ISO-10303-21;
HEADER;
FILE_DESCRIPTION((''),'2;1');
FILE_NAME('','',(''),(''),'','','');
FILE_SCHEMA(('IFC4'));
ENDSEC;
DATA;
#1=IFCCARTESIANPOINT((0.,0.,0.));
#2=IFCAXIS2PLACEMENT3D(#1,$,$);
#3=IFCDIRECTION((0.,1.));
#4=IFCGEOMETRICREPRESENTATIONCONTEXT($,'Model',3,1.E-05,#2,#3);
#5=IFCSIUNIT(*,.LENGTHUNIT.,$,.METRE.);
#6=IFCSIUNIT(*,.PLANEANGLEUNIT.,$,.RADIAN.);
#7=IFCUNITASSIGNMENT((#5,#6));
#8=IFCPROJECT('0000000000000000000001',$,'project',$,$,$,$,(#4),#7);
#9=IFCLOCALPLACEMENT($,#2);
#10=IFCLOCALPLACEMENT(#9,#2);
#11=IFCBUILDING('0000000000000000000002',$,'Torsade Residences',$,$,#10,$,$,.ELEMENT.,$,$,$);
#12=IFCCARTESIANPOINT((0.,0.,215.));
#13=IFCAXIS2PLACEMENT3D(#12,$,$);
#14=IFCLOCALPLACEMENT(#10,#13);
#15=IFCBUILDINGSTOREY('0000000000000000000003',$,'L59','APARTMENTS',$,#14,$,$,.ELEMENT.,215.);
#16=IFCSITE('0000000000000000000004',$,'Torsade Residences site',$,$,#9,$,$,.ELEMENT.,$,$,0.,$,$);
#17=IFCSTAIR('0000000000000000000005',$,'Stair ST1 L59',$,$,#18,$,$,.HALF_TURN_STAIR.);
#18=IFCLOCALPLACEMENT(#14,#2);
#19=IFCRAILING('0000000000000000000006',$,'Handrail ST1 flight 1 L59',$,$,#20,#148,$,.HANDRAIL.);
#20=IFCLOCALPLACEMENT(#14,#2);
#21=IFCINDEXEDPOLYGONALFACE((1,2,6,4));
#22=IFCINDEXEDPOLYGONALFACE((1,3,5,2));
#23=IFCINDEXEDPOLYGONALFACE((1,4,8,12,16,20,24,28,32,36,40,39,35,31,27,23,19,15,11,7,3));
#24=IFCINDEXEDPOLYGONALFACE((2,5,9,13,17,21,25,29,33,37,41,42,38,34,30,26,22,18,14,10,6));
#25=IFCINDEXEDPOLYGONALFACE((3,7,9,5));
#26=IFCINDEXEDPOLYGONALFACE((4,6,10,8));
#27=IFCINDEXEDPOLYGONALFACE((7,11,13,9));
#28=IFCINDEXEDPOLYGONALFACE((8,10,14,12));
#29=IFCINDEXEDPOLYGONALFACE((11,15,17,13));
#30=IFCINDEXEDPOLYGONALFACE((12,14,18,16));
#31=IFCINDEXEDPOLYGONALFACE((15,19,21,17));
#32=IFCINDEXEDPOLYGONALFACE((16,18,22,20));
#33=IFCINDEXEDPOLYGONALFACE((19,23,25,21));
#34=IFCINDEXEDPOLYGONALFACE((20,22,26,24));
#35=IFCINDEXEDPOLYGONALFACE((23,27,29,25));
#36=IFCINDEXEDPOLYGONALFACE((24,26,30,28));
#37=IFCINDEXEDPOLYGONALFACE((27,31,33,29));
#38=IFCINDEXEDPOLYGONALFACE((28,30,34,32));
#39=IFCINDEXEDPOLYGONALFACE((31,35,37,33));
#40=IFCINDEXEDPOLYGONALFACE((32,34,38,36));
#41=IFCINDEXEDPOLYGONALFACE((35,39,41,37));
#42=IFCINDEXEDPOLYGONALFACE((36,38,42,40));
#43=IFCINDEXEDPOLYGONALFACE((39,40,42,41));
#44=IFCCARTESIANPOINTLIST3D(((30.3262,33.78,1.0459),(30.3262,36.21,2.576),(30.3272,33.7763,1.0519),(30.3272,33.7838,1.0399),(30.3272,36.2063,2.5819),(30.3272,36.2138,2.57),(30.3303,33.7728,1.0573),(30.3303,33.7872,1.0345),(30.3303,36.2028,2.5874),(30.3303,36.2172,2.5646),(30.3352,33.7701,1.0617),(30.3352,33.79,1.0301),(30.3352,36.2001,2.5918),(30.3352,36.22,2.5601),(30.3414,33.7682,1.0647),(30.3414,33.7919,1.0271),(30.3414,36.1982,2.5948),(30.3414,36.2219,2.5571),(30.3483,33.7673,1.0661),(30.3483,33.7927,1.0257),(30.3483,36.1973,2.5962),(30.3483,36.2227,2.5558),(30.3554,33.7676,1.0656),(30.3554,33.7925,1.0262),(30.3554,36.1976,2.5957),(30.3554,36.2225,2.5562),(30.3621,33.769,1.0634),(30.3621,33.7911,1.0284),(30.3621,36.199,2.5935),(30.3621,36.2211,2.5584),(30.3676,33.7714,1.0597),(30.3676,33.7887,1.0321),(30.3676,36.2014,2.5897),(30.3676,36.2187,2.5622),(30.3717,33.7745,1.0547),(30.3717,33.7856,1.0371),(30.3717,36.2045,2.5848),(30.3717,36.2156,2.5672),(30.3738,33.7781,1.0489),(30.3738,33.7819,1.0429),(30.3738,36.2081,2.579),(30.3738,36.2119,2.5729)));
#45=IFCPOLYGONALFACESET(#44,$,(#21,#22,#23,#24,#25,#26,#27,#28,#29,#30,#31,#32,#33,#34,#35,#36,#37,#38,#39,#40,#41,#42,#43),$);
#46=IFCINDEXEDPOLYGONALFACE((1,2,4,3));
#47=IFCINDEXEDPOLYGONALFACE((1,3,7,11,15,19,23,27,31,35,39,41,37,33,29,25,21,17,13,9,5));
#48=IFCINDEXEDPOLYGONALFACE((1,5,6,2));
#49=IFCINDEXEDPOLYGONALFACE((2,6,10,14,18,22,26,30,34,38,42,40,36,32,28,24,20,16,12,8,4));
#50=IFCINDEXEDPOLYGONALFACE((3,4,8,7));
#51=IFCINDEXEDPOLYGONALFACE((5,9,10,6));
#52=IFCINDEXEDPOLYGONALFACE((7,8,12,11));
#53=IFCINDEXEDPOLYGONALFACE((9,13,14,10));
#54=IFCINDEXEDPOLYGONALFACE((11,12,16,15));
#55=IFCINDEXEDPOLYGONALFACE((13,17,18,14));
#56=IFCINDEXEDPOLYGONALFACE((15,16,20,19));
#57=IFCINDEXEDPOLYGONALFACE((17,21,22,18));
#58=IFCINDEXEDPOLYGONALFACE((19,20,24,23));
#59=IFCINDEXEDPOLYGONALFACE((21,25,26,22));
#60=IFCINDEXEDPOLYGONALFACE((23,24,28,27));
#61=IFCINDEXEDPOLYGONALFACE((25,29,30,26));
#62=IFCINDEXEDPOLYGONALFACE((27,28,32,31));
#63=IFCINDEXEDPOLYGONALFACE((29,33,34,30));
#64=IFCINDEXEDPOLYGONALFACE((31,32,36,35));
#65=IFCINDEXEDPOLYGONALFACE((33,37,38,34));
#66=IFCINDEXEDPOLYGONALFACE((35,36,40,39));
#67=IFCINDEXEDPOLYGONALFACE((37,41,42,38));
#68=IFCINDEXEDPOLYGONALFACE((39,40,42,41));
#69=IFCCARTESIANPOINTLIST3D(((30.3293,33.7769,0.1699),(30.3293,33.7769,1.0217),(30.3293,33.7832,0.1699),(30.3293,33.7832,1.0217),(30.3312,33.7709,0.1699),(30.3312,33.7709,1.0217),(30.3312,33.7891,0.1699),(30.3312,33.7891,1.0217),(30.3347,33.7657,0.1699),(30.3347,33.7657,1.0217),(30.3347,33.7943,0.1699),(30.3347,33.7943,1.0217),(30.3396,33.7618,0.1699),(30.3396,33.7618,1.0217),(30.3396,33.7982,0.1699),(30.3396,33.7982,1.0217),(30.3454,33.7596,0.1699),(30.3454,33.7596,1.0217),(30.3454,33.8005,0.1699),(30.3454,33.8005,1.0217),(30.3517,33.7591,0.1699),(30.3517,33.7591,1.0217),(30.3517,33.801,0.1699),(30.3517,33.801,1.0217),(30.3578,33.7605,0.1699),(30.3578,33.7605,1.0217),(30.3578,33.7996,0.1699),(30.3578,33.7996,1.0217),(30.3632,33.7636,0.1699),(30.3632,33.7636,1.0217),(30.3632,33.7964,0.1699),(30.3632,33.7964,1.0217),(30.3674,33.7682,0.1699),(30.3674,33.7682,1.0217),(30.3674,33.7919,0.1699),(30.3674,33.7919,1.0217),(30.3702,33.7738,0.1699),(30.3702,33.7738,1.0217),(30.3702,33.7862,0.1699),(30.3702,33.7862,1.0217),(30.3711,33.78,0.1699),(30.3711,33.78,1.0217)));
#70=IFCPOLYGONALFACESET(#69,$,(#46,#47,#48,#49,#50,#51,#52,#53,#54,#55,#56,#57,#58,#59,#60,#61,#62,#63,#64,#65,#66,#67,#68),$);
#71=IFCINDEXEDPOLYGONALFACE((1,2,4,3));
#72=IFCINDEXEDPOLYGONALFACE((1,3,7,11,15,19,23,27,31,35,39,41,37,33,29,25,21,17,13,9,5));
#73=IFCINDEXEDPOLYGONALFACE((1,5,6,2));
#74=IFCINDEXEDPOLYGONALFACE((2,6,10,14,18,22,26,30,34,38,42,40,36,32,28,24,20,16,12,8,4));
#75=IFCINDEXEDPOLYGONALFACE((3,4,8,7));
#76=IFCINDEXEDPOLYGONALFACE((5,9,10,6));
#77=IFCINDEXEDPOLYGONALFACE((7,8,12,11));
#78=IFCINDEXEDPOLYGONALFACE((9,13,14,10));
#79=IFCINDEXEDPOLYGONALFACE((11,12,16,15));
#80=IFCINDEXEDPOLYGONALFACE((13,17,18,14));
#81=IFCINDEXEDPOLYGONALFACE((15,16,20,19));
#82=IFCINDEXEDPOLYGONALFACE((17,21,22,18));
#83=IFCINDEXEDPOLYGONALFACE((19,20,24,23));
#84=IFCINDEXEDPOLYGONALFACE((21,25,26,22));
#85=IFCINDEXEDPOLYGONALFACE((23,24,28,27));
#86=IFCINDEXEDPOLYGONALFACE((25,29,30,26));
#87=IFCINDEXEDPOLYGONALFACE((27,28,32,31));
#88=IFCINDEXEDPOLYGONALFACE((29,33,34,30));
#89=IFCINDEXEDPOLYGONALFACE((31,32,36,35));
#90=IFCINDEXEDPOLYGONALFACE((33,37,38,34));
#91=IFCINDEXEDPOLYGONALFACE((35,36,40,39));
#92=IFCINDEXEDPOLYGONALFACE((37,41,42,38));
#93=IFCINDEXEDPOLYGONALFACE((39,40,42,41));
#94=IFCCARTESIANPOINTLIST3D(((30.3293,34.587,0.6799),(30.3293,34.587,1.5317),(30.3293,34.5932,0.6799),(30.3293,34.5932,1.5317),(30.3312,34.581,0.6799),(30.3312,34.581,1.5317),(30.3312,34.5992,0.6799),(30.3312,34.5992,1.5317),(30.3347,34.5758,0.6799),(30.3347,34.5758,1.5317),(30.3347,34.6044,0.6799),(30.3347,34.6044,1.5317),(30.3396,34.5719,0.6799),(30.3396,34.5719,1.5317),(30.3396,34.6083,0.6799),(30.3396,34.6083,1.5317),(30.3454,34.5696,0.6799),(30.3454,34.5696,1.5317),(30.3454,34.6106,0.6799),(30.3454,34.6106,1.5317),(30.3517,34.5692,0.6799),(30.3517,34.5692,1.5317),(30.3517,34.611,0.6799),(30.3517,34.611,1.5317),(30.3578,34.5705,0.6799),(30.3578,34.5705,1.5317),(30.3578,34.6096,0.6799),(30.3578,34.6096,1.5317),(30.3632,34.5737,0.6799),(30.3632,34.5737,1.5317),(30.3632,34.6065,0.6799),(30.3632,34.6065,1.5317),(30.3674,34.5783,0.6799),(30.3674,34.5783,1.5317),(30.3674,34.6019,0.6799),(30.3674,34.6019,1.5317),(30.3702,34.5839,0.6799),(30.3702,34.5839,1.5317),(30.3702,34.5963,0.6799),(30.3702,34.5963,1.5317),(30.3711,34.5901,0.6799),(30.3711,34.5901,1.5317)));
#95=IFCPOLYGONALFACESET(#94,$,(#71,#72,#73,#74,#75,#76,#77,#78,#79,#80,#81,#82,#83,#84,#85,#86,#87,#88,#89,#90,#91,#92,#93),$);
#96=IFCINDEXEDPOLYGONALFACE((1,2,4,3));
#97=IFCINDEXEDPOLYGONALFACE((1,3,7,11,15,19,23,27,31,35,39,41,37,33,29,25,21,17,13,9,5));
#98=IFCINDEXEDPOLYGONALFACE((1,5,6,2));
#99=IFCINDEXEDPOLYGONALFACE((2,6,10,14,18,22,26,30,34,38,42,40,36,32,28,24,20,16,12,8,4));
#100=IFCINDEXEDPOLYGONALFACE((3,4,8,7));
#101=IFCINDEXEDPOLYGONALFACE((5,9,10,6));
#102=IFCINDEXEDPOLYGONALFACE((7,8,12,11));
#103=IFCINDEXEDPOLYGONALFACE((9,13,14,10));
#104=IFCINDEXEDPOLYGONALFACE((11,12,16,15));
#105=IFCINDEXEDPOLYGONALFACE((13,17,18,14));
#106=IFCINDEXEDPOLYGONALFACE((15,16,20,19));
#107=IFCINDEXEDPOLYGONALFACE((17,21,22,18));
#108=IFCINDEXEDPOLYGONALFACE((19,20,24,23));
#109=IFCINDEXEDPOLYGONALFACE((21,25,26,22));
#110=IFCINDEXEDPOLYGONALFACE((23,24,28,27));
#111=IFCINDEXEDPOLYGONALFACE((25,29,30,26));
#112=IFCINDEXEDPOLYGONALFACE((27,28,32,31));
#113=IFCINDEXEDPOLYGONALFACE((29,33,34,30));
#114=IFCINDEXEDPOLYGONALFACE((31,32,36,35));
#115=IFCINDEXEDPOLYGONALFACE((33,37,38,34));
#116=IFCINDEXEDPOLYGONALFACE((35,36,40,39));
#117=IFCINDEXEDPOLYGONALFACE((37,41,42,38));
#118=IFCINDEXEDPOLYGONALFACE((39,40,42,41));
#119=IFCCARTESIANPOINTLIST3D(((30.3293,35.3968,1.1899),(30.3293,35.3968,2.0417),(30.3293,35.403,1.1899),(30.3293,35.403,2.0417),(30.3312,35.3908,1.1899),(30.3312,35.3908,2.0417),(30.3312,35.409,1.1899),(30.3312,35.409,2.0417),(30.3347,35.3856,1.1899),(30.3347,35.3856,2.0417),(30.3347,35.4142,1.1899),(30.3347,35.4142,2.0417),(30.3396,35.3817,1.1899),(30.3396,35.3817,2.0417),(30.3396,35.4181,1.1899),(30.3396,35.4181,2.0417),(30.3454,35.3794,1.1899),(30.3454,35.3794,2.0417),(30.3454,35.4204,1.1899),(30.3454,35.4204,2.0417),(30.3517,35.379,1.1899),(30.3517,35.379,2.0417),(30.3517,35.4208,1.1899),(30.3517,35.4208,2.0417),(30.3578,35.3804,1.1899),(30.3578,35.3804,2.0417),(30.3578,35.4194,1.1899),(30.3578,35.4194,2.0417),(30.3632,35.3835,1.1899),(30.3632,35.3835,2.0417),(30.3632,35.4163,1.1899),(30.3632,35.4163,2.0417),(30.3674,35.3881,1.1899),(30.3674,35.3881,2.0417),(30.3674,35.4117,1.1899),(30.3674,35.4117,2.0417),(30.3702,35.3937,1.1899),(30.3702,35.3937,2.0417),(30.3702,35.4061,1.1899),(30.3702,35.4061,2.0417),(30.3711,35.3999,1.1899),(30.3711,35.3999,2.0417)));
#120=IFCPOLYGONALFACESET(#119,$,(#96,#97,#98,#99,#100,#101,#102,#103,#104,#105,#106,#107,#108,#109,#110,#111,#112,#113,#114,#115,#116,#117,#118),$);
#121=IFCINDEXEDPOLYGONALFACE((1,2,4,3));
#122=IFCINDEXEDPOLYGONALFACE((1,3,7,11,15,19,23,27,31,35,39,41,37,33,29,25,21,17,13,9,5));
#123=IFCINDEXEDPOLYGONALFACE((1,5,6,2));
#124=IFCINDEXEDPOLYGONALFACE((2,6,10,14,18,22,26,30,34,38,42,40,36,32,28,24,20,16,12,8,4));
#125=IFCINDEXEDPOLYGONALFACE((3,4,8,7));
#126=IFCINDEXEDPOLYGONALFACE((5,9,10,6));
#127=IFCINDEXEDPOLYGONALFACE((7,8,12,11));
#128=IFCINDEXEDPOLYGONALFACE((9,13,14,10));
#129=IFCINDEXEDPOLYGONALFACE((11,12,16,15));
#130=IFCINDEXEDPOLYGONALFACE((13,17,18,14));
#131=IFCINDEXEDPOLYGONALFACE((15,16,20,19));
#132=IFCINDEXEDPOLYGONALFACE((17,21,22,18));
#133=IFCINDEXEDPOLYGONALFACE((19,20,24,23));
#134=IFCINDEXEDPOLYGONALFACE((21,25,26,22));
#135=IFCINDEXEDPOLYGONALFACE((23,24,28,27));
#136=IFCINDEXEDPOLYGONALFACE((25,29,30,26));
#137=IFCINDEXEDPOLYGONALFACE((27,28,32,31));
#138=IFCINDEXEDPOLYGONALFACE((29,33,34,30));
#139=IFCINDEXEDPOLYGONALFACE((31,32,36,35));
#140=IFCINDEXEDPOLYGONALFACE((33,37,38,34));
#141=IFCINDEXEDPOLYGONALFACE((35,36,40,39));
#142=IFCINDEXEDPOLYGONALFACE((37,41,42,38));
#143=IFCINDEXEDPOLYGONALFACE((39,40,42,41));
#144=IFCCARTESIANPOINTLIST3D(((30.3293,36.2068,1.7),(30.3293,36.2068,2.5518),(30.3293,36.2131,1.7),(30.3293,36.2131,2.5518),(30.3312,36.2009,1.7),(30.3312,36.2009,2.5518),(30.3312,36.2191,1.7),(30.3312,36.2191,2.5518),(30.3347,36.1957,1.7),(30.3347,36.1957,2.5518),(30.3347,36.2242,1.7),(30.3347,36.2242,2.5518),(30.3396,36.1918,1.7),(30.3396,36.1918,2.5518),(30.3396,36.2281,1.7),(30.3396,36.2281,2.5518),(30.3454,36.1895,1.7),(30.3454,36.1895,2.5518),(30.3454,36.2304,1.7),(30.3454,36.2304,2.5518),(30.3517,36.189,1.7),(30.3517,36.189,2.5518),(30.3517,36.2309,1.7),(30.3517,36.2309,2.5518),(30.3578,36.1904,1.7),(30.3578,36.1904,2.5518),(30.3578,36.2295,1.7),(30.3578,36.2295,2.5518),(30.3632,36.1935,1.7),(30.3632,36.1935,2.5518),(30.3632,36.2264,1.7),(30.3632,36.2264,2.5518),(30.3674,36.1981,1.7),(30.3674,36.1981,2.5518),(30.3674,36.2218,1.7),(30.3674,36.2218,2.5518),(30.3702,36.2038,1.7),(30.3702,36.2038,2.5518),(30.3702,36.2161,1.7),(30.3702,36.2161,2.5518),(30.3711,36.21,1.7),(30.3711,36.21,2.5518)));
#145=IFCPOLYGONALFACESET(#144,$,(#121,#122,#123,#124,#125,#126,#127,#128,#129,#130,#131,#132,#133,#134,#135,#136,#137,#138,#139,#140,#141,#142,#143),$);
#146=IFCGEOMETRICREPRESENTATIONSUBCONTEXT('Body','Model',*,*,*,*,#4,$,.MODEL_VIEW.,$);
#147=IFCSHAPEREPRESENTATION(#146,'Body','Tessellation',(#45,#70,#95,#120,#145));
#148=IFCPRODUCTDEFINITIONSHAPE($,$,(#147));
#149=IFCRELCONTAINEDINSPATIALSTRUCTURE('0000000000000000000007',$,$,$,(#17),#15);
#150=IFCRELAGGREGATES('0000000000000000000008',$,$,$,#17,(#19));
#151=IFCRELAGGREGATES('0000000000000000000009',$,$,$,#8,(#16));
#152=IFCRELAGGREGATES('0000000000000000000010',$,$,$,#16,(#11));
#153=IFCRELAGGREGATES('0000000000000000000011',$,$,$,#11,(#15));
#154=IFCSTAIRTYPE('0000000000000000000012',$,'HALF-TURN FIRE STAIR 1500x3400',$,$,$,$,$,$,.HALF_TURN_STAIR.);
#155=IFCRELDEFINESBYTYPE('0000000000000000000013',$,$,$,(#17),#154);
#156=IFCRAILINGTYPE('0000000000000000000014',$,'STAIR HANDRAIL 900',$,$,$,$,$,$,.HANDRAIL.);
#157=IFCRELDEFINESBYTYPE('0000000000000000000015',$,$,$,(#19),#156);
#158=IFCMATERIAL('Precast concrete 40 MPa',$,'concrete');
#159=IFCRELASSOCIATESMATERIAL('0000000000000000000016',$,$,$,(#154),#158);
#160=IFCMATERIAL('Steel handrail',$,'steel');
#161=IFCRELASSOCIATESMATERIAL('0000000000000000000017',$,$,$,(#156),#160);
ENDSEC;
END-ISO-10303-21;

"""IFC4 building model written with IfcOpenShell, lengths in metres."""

from ifc_helpers import new_model, si_unit, direction, frame, origin, origin_2d, place, context, subcontext, project, spatial, circle, extrude, material, type_object, element, aggregate, save


model = new_model("IFC4")

# Units and contexts
model_context = context("Model", 3, precision=1e-05, world=origin(), true_north=direction((0.0, 1.0)))
body_context = subcontext(model_context, "Body", "Model", "MODEL_VIEW")
ifc_project = project(units=[si_unit("LENGTHUNIT", "METRE"), si_unit("PLANEANGLEUNIT", "RADIAN")], contexts=[model_context])

# Site, building, storey
site_placement = place(None, origin())
site = spatial("IfcSite", under=ifc_project, at=site_placement, Name="Torsade Residences site", CompositionType="ELEMENT", RefElevation=0.0)
building_placement = place(site_placement, origin())
building = spatial("IfcBuilding", under=site, at=building_placement, Name="Torsade Residences", CompositionType="ELEMENT")
storey_placement = place(building_placement, frame((0.0, 0.0, 215.0)))
storey = spatial("IfcBuildingStorey", under=building, at=storey_placement, Name="L59", Description="APARTMENTS", CompositionType="ELEMENT", Elevation=215.0)

# Stair, railing
ifc_material_1 = material(Name="Precast concrete 40 MPa", Category="concrete")
stair_type = type_object("IfcStairType", Name="HALF-TURN FIRE STAIR 1500x3400", PredefinedType="HALF_TURN_STAIR", material=ifc_material_1)
stair_placement = place(storey_placement, origin())
stair = element("IfcStair", 1, at=stair_placement, inside=storey, type_object=stair_type, Name="Stair ST1 L59", PredefinedType="HALF_TURN_STAIR")
ifc_material_2 = material(Name="Steel handrail", Category="steel")
railing_type = type_object("IfcRailingType", Name="STAIR HANDRAIL 900", PredefinedType="HANDRAIL", material=ifc_material_2)
railing_1_placement = place(storey_placement, frame((30.3501, 33.78, 0.1699)))
railing_1 = element("IfcRailing", 2, at=railing_1_placement, type_object=railing_type, Name="Handrail ST1 flight 1 L59", PredefinedType="HANDRAIL", context=body_context, shape_type="SweptSolid", body=[
    extrude(circle(Radius=0.0239, at=origin_2d()), frame((0.0, 0.0, 0.876), z_axis=(0.0, 0.846221, 0.532831), x_axis=(-1.0, 0.0, 0.0)), (0.0, 0.0, 1.0), 2.8716),
    extrude(circle(Radius=0.021, at=origin_2d()), origin(), (0.0, 0.0, 1.0), 0.8518),
    extrude(circle(Radius=0.021, at=origin_2d()), frame((0.0, 0.8101, 0.51)), (0.0, 0.0, 1.0), 0.8518),
    extrude(circle(Radius=0.021, at=origin_2d()), frame((0.0, 1.6199, 1.02)), (0.0, 0.0, 1.0), 0.8518),
    extrude(circle(Radius=0.021, at=origin_2d()), frame((0.0, 2.4299, 1.53)), (0.0, 0.0, 1.0), 0.8518),
])
aggregate(stair, [railing_1])

save(model, "model.ifc")
